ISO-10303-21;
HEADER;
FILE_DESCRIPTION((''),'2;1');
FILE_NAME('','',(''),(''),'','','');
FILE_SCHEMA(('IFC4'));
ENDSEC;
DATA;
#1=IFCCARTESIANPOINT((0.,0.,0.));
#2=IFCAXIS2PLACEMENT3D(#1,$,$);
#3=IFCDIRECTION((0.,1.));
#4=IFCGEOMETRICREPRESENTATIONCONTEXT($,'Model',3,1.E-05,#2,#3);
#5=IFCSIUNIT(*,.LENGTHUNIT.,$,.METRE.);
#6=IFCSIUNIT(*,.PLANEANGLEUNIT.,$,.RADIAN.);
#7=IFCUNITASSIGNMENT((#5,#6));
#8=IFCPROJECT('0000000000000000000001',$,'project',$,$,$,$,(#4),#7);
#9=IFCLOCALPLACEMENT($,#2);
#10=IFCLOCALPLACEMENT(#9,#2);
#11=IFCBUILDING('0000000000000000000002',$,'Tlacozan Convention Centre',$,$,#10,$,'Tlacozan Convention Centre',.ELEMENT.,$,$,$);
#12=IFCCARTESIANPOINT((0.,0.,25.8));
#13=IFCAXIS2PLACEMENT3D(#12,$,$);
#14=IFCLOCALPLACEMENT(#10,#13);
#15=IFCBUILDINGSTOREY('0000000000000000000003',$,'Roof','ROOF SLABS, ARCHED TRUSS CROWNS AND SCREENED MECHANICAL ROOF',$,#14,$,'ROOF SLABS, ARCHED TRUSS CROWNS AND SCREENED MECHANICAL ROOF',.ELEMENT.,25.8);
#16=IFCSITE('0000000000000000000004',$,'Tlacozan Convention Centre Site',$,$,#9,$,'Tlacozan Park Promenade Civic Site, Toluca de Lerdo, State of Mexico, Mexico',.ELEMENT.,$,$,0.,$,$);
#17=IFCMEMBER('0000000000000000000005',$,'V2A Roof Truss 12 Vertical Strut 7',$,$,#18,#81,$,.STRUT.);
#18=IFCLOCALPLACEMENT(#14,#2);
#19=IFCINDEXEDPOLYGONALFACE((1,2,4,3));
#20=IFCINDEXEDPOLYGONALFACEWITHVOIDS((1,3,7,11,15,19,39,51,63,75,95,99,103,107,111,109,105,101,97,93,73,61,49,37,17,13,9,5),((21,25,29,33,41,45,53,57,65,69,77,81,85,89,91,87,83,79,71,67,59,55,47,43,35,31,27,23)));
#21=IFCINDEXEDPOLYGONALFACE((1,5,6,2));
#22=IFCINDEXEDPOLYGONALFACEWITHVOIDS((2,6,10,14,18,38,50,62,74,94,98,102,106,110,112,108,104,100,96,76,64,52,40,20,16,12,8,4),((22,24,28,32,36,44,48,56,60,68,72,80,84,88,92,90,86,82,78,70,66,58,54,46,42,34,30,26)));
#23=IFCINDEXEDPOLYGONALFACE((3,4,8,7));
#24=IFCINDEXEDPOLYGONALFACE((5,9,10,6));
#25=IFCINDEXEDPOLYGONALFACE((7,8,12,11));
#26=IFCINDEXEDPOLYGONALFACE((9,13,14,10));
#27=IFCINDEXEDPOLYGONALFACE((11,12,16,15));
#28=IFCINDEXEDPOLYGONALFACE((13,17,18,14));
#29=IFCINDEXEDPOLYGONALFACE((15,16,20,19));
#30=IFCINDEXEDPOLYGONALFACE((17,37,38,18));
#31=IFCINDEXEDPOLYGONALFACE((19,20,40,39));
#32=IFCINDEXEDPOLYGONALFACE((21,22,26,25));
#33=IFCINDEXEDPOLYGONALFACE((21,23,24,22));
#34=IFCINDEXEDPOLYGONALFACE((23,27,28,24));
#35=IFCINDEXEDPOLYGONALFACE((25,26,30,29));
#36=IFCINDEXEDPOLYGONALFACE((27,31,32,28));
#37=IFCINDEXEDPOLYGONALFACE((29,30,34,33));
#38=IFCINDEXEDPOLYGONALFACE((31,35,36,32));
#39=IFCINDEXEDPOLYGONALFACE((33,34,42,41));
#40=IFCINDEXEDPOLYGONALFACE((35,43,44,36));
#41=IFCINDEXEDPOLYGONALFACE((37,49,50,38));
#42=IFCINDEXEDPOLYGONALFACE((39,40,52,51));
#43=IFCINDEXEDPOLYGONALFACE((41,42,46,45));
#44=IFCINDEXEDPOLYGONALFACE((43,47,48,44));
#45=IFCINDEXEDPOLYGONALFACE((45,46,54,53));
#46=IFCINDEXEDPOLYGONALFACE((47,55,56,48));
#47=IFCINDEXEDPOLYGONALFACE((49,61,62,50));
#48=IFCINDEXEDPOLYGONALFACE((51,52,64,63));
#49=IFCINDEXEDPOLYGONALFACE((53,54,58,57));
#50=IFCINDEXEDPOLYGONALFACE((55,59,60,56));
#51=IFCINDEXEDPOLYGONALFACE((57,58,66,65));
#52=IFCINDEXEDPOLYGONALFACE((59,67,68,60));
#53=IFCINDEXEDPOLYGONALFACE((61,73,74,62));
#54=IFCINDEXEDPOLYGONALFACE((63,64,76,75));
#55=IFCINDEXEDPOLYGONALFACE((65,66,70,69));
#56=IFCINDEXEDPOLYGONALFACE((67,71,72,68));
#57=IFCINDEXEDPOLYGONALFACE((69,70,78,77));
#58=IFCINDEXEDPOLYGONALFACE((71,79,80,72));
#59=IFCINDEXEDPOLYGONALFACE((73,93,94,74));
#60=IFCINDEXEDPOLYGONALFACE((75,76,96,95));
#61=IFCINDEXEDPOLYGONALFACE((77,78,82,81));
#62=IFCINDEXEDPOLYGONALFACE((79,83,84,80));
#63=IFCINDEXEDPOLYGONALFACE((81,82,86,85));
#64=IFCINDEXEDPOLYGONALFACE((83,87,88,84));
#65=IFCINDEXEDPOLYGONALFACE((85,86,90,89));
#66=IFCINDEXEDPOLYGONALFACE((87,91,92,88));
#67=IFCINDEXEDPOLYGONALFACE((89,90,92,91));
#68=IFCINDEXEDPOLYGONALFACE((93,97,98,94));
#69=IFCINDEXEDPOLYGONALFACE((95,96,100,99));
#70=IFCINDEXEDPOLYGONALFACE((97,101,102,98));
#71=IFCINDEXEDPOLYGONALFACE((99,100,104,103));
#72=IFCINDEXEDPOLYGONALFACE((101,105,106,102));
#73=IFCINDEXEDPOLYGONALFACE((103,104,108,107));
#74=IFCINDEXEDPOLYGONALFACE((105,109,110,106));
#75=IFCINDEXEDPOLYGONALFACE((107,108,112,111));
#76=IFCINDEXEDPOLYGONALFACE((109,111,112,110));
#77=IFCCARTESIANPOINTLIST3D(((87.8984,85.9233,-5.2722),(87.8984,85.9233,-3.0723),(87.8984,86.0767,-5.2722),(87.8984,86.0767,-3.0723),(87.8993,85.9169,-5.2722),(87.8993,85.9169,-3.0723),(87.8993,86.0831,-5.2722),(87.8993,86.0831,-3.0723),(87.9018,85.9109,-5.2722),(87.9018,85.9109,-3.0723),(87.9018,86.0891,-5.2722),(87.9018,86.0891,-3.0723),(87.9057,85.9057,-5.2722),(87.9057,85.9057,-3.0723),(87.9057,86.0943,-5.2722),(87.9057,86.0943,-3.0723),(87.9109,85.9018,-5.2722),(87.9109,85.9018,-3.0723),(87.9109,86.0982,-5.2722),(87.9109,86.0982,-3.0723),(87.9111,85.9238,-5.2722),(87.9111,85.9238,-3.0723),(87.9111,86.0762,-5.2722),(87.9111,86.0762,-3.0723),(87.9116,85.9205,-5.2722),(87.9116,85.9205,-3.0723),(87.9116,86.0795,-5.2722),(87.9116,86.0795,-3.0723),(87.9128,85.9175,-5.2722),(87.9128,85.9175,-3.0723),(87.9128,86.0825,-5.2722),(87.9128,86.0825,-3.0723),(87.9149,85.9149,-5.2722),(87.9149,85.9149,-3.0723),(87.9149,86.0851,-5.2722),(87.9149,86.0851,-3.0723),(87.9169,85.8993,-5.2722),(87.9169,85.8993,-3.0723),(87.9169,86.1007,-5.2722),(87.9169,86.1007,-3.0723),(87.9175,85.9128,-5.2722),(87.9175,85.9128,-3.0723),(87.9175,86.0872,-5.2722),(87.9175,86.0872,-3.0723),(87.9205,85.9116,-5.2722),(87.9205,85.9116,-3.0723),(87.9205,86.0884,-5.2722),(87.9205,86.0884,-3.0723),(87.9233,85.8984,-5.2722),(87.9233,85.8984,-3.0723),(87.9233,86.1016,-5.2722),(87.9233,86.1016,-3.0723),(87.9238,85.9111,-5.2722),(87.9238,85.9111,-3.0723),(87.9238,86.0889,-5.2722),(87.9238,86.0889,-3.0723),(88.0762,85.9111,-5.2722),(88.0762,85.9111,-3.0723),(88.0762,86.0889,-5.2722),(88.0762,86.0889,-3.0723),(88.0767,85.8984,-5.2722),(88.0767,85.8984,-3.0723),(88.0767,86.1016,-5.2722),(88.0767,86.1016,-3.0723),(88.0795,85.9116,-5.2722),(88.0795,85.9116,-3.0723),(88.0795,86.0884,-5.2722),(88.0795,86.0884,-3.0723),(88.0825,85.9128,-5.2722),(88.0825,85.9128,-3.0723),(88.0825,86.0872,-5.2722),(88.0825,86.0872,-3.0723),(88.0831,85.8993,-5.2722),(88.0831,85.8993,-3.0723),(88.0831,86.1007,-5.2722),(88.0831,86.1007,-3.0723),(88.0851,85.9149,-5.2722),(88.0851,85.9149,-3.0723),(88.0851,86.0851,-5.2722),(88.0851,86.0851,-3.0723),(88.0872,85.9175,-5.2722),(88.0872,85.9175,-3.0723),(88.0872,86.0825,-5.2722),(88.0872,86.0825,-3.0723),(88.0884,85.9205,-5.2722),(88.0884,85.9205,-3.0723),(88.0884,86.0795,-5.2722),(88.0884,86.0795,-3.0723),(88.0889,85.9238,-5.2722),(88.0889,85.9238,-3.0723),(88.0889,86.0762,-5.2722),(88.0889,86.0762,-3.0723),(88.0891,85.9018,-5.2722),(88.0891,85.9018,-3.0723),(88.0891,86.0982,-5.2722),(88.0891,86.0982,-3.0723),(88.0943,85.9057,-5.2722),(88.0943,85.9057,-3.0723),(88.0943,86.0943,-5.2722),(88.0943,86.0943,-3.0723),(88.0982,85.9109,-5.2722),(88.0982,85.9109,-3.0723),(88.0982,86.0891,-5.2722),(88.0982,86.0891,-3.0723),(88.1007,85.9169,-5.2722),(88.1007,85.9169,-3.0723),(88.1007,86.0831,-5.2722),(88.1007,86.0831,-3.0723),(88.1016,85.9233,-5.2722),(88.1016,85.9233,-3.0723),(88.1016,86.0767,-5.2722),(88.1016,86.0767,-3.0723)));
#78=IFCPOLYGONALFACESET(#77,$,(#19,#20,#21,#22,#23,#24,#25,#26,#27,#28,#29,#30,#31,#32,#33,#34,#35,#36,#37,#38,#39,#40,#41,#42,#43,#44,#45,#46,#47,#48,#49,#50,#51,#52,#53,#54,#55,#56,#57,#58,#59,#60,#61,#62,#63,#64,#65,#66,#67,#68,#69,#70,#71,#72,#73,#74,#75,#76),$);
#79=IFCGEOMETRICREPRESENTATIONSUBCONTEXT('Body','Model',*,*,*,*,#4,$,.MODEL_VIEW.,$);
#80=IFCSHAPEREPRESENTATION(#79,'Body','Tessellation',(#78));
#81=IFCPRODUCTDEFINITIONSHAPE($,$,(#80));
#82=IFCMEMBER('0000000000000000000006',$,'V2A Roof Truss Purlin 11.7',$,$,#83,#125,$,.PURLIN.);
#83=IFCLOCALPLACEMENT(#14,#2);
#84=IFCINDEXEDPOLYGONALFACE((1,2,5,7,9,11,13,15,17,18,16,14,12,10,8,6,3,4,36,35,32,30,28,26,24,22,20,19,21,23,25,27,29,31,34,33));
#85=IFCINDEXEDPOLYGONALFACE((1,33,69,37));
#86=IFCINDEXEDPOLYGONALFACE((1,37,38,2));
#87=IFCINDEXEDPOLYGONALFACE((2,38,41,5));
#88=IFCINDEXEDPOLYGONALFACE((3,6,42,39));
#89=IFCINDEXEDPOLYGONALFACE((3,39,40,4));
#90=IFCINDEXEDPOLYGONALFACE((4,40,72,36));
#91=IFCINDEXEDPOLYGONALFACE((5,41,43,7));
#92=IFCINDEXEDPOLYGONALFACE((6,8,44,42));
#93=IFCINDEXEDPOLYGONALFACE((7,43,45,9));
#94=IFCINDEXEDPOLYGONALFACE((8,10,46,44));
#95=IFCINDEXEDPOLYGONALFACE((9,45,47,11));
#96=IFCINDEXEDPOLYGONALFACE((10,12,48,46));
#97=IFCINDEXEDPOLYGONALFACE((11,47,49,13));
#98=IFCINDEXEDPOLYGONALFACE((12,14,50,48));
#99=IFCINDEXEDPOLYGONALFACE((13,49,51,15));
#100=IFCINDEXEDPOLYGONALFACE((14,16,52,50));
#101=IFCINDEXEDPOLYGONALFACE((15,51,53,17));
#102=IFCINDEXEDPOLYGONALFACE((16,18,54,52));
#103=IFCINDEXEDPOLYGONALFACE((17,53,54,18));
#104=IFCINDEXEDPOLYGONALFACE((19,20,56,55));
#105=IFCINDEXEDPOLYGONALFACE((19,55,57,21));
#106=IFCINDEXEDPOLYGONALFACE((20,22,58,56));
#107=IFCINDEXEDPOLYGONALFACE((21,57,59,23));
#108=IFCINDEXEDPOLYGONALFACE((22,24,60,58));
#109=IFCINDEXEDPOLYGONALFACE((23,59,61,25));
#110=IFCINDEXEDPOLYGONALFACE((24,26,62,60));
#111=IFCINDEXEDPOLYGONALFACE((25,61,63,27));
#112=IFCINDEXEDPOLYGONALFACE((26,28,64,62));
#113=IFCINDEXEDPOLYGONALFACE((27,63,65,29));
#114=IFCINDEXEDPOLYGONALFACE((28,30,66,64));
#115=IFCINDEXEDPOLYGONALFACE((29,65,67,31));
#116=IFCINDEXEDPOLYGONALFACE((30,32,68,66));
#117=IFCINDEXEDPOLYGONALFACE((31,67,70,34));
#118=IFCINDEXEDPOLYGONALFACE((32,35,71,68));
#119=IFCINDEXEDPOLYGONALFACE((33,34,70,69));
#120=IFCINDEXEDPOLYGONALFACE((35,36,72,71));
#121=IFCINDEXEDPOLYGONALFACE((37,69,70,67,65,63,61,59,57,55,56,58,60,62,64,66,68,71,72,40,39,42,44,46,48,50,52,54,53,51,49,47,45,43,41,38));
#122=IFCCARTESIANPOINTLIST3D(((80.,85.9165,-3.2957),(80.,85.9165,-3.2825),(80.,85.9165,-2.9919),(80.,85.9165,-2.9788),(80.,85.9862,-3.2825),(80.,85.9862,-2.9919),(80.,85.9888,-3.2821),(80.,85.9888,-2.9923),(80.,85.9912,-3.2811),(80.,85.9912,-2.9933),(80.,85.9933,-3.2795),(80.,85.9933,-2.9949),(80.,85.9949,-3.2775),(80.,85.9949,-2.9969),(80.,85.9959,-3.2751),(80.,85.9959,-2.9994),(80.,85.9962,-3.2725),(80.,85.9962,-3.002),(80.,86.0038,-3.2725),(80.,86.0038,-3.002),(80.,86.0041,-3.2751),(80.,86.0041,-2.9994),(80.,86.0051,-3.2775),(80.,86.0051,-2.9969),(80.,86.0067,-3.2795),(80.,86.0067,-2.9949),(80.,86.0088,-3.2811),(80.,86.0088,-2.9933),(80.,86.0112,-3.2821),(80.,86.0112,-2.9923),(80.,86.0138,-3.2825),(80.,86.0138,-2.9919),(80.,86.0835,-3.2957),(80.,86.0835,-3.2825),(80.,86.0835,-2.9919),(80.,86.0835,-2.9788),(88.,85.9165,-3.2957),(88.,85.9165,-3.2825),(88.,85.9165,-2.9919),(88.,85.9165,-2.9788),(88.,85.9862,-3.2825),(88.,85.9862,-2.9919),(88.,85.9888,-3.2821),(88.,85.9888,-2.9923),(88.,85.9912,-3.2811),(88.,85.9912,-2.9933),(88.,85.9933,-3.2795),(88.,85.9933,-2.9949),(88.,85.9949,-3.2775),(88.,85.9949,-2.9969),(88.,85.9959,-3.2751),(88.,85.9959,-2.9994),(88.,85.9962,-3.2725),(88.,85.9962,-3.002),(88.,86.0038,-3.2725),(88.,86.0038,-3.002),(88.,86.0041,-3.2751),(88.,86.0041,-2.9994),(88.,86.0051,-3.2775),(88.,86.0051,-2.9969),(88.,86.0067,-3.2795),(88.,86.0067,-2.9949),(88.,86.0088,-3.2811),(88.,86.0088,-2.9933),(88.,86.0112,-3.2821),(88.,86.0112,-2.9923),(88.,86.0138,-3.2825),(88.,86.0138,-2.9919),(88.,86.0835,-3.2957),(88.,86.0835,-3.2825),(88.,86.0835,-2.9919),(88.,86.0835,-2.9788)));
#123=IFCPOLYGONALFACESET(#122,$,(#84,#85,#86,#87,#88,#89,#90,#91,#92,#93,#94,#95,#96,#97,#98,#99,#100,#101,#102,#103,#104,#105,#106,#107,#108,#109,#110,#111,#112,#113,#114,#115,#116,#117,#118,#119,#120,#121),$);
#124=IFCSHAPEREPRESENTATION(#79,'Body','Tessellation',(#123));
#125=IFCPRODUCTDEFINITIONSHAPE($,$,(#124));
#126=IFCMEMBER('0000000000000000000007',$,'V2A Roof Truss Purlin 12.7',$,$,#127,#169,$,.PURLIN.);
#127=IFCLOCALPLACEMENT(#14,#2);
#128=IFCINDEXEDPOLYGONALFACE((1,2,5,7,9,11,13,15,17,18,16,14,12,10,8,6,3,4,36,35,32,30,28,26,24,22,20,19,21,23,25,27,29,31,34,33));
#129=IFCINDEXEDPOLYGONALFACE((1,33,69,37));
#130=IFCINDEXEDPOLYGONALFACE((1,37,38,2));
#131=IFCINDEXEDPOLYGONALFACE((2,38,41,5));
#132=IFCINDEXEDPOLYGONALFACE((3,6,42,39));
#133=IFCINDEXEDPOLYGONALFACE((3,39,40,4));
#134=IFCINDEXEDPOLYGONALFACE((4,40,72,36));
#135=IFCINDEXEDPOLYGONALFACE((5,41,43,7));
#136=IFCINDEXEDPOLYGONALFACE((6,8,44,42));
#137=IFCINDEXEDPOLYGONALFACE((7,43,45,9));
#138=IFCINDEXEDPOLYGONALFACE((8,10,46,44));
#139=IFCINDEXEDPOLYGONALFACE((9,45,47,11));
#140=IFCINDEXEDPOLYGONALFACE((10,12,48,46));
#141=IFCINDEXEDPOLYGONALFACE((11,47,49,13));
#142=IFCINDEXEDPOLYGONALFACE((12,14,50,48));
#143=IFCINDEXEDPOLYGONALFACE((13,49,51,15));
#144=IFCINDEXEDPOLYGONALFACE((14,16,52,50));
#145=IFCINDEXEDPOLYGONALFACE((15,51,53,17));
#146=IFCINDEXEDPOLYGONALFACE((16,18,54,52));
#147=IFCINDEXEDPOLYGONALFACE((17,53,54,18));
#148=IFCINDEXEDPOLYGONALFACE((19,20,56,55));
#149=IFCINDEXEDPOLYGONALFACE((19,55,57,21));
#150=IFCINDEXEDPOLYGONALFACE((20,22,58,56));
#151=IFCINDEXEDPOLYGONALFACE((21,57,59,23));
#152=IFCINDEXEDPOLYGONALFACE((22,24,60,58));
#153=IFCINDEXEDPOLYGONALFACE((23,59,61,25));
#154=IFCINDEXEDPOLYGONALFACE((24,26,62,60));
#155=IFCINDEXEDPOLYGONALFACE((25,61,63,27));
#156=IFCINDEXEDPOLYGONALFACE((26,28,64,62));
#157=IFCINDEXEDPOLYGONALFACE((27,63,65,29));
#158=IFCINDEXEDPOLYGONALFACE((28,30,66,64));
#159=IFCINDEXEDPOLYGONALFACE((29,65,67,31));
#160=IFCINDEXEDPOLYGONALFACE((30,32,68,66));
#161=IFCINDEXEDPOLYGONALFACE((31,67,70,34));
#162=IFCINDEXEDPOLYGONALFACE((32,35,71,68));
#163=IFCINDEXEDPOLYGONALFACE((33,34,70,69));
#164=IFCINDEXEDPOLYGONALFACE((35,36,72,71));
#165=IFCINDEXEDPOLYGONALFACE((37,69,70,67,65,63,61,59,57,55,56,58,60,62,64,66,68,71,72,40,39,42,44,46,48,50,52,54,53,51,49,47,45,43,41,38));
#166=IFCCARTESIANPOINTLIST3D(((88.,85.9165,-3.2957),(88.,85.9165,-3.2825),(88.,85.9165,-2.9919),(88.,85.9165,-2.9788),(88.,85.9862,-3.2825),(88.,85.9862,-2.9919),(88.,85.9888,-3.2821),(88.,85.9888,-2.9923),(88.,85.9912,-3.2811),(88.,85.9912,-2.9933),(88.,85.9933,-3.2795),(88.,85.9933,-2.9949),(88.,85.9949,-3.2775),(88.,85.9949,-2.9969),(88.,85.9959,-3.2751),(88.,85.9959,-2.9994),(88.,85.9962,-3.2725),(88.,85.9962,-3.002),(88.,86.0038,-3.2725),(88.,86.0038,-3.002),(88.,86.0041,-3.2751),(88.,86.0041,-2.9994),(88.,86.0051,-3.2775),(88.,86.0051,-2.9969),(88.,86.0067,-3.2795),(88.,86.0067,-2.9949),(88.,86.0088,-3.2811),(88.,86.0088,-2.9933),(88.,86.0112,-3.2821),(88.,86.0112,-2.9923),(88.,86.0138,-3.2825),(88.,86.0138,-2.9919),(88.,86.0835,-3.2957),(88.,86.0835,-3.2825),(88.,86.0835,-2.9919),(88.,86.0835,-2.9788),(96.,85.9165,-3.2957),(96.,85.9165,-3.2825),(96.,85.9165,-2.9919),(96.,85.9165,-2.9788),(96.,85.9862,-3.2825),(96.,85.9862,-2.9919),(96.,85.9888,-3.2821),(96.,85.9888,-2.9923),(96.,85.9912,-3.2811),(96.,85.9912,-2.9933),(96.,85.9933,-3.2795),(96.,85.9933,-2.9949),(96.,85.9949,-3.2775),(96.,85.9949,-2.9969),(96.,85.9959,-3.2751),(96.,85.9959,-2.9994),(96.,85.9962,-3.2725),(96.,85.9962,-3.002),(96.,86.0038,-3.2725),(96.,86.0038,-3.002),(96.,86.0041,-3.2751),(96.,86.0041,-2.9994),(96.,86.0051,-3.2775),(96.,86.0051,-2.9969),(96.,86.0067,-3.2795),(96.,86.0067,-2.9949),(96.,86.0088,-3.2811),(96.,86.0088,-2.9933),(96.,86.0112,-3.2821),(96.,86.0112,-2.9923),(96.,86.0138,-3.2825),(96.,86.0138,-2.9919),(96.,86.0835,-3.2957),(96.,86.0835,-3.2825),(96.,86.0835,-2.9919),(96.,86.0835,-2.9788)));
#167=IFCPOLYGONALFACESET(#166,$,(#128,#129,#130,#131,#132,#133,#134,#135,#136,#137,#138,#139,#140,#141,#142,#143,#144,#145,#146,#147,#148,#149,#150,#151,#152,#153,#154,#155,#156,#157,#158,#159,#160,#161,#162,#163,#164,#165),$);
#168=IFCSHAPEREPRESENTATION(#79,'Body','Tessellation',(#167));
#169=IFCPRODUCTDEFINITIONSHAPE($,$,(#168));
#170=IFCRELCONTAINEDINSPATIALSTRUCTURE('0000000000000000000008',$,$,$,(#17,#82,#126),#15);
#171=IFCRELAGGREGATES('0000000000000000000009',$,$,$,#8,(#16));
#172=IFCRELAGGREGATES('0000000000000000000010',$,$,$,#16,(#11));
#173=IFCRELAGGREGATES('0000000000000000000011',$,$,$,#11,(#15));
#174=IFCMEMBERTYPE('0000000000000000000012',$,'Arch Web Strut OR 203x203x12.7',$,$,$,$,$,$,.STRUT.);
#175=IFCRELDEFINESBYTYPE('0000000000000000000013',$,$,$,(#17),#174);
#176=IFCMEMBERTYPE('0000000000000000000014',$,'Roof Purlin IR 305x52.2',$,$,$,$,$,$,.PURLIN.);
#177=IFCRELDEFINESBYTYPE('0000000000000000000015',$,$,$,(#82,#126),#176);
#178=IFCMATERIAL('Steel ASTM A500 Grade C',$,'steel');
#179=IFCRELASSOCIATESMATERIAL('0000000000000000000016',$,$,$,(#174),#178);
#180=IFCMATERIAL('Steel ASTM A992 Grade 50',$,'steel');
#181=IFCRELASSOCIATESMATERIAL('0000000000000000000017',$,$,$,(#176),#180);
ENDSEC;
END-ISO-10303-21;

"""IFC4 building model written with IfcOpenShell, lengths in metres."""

from ifc_helpers import new_model, si_unit, direction, frame, origin, origin_2d, place, context, subcontext, project, spatial, hollow_rectangle, i_section, extrude, material, material_profile, profile_set, type_object, element, save


model = new_model("IFC4")

# Units and contexts
model_context = context("Model", 3, precision=1e-05, world=origin(), true_north=direction((0.0, 1.0)))
body_context = subcontext(model_context, "Body", "Model", "MODEL_VIEW")
ifc_project = project(units=[si_unit("LENGTHUNIT", "METRE"), si_unit("PLANEANGLEUNIT", "RADIAN")], contexts=[model_context])

# Site, building, storey
site_placement = place(None, origin())
site = spatial("IfcSite", under=ifc_project, at=site_placement, Name="Tlacozan Convention Centre Site", LongName="Tlacozan Park Promenade Civic Site, Toluca de Lerdo, State of Mexico, Mexico", CompositionType="ELEMENT", RefElevation=0.0)
building_placement = place(site_placement, origin())
building = spatial("IfcBuilding", under=site, at=building_placement, Name="Tlacozan Convention Centre", LongName="Tlacozan Convention Centre", CompositionType="ELEMENT")
storey_placement = place(building_placement, frame((0.0, 0.0, 25.8)))
storey = spatial("IfcBuildingStorey", under=building, at=storey_placement, Name="Roof", Description="ROOF SLABS, ARCHED TRUSS CROWNS AND SCREENED MECHANICAL ROOF", LongName="ROOF SLABS, ARCHED TRUSS CROWNS AND SCREENED MECHANICAL ROOF", CompositionType="ELEMENT", Elevation=25.8)

# Members
ifc_material_1 = material(Name="Steel ASTM A500 Grade C", Category="steel")
ifc_material_profile_1 = material_profile(ifc_material_1, hollow_rectangle(XDim=0.2031, YDim=0.2031, WallThickness=0.0127, InnerFilletRadius=0.0127, OuterFilletRadius=0.0249, at=origin_2d()), Name="OR 203x203x12.7")
ifc_profile_set_1 = profile_set([ifc_material_profile_1], Name="Steel ASTM A500 Grade C")
member_type_1 = type_object("IfcMemberType", Name="Arch Web Strut OR 203x203x12.7", PredefinedType="STRUT", material=ifc_profile_set_1)
for number, where, z_axis, x_axis, name in (
    (1, (88.0, 86.0, -5.2722), (0.0, 0.0, 1.0), (1.0, 0.0, 0.0), "V2A Roof Truss 12 Vertical Strut 7"),
):
    element("IfcMember", number, at=place(storey_placement, frame(where, z_axis=z_axis, x_axis=x_axis)), inside=storey, type_object=member_type_1, Name=name, PredefinedType="STRUT", context=body_context, shape_type="SweptSolid", body=[
        extrude(hollow_rectangle(XDim=0.2031, YDim=0.2031, WallThickness=0.0127, InnerFilletRadius=0.0127, OuterFilletRadius=0.0249, at=origin_2d()), origin(), (0.0, 0.0, 1.0), 2.2),
    ])
ifc_material_2 = material(Name="Steel ASTM A992 Grade 50", Category="steel")
ifc_material_profile_2 = material_profile(ifc_material_2, i_section(OverallWidth=0.167, OverallDepth=0.3169, WebThickness=0.0076, FlangeThickness=0.0132, FilletRadius=0.01, at=origin_2d()), Name="IR 305x52.2")
ifc_profile_set_2 = profile_set([ifc_material_profile_2], Name="Steel ASTM A992 Grade 50")
member_type_2 = type_object("IfcMemberType", Name="Roof Purlin IR 305x52.2", PredefinedType="PURLIN", material=ifc_profile_set_2)
for number, where, z_axis, x_axis, name in (
    (2, (80.0, 86.0, -3.1372), (1.0, 0.0, 0.0), (0.0, 1.0, 0.0), "V2A Roof Truss Purlin 11.7"),
    (3, (88.0, 86.0, -3.1372), (1.0, 0.0, 0.0), (0.0, 1.0, 0.0), "V2A Roof Truss Purlin 12.7"),
):
    element("IfcMember", number, at=place(storey_placement, frame(where, z_axis=z_axis, x_axis=x_axis)), inside=storey, type_object=member_type_2, Name=name, PredefinedType="PURLIN", context=body_context, shape_type="SweptSolid", body=[
        extrude(i_section(OverallWidth=0.167, OverallDepth=0.3169, WebThickness=0.0076, FlangeThickness=0.0132, FilletRadius=0.01, at=origin_2d()), origin(), (0.0, 0.0, 1.0), 8.0),
    ])

save(model, "model.ifc")
